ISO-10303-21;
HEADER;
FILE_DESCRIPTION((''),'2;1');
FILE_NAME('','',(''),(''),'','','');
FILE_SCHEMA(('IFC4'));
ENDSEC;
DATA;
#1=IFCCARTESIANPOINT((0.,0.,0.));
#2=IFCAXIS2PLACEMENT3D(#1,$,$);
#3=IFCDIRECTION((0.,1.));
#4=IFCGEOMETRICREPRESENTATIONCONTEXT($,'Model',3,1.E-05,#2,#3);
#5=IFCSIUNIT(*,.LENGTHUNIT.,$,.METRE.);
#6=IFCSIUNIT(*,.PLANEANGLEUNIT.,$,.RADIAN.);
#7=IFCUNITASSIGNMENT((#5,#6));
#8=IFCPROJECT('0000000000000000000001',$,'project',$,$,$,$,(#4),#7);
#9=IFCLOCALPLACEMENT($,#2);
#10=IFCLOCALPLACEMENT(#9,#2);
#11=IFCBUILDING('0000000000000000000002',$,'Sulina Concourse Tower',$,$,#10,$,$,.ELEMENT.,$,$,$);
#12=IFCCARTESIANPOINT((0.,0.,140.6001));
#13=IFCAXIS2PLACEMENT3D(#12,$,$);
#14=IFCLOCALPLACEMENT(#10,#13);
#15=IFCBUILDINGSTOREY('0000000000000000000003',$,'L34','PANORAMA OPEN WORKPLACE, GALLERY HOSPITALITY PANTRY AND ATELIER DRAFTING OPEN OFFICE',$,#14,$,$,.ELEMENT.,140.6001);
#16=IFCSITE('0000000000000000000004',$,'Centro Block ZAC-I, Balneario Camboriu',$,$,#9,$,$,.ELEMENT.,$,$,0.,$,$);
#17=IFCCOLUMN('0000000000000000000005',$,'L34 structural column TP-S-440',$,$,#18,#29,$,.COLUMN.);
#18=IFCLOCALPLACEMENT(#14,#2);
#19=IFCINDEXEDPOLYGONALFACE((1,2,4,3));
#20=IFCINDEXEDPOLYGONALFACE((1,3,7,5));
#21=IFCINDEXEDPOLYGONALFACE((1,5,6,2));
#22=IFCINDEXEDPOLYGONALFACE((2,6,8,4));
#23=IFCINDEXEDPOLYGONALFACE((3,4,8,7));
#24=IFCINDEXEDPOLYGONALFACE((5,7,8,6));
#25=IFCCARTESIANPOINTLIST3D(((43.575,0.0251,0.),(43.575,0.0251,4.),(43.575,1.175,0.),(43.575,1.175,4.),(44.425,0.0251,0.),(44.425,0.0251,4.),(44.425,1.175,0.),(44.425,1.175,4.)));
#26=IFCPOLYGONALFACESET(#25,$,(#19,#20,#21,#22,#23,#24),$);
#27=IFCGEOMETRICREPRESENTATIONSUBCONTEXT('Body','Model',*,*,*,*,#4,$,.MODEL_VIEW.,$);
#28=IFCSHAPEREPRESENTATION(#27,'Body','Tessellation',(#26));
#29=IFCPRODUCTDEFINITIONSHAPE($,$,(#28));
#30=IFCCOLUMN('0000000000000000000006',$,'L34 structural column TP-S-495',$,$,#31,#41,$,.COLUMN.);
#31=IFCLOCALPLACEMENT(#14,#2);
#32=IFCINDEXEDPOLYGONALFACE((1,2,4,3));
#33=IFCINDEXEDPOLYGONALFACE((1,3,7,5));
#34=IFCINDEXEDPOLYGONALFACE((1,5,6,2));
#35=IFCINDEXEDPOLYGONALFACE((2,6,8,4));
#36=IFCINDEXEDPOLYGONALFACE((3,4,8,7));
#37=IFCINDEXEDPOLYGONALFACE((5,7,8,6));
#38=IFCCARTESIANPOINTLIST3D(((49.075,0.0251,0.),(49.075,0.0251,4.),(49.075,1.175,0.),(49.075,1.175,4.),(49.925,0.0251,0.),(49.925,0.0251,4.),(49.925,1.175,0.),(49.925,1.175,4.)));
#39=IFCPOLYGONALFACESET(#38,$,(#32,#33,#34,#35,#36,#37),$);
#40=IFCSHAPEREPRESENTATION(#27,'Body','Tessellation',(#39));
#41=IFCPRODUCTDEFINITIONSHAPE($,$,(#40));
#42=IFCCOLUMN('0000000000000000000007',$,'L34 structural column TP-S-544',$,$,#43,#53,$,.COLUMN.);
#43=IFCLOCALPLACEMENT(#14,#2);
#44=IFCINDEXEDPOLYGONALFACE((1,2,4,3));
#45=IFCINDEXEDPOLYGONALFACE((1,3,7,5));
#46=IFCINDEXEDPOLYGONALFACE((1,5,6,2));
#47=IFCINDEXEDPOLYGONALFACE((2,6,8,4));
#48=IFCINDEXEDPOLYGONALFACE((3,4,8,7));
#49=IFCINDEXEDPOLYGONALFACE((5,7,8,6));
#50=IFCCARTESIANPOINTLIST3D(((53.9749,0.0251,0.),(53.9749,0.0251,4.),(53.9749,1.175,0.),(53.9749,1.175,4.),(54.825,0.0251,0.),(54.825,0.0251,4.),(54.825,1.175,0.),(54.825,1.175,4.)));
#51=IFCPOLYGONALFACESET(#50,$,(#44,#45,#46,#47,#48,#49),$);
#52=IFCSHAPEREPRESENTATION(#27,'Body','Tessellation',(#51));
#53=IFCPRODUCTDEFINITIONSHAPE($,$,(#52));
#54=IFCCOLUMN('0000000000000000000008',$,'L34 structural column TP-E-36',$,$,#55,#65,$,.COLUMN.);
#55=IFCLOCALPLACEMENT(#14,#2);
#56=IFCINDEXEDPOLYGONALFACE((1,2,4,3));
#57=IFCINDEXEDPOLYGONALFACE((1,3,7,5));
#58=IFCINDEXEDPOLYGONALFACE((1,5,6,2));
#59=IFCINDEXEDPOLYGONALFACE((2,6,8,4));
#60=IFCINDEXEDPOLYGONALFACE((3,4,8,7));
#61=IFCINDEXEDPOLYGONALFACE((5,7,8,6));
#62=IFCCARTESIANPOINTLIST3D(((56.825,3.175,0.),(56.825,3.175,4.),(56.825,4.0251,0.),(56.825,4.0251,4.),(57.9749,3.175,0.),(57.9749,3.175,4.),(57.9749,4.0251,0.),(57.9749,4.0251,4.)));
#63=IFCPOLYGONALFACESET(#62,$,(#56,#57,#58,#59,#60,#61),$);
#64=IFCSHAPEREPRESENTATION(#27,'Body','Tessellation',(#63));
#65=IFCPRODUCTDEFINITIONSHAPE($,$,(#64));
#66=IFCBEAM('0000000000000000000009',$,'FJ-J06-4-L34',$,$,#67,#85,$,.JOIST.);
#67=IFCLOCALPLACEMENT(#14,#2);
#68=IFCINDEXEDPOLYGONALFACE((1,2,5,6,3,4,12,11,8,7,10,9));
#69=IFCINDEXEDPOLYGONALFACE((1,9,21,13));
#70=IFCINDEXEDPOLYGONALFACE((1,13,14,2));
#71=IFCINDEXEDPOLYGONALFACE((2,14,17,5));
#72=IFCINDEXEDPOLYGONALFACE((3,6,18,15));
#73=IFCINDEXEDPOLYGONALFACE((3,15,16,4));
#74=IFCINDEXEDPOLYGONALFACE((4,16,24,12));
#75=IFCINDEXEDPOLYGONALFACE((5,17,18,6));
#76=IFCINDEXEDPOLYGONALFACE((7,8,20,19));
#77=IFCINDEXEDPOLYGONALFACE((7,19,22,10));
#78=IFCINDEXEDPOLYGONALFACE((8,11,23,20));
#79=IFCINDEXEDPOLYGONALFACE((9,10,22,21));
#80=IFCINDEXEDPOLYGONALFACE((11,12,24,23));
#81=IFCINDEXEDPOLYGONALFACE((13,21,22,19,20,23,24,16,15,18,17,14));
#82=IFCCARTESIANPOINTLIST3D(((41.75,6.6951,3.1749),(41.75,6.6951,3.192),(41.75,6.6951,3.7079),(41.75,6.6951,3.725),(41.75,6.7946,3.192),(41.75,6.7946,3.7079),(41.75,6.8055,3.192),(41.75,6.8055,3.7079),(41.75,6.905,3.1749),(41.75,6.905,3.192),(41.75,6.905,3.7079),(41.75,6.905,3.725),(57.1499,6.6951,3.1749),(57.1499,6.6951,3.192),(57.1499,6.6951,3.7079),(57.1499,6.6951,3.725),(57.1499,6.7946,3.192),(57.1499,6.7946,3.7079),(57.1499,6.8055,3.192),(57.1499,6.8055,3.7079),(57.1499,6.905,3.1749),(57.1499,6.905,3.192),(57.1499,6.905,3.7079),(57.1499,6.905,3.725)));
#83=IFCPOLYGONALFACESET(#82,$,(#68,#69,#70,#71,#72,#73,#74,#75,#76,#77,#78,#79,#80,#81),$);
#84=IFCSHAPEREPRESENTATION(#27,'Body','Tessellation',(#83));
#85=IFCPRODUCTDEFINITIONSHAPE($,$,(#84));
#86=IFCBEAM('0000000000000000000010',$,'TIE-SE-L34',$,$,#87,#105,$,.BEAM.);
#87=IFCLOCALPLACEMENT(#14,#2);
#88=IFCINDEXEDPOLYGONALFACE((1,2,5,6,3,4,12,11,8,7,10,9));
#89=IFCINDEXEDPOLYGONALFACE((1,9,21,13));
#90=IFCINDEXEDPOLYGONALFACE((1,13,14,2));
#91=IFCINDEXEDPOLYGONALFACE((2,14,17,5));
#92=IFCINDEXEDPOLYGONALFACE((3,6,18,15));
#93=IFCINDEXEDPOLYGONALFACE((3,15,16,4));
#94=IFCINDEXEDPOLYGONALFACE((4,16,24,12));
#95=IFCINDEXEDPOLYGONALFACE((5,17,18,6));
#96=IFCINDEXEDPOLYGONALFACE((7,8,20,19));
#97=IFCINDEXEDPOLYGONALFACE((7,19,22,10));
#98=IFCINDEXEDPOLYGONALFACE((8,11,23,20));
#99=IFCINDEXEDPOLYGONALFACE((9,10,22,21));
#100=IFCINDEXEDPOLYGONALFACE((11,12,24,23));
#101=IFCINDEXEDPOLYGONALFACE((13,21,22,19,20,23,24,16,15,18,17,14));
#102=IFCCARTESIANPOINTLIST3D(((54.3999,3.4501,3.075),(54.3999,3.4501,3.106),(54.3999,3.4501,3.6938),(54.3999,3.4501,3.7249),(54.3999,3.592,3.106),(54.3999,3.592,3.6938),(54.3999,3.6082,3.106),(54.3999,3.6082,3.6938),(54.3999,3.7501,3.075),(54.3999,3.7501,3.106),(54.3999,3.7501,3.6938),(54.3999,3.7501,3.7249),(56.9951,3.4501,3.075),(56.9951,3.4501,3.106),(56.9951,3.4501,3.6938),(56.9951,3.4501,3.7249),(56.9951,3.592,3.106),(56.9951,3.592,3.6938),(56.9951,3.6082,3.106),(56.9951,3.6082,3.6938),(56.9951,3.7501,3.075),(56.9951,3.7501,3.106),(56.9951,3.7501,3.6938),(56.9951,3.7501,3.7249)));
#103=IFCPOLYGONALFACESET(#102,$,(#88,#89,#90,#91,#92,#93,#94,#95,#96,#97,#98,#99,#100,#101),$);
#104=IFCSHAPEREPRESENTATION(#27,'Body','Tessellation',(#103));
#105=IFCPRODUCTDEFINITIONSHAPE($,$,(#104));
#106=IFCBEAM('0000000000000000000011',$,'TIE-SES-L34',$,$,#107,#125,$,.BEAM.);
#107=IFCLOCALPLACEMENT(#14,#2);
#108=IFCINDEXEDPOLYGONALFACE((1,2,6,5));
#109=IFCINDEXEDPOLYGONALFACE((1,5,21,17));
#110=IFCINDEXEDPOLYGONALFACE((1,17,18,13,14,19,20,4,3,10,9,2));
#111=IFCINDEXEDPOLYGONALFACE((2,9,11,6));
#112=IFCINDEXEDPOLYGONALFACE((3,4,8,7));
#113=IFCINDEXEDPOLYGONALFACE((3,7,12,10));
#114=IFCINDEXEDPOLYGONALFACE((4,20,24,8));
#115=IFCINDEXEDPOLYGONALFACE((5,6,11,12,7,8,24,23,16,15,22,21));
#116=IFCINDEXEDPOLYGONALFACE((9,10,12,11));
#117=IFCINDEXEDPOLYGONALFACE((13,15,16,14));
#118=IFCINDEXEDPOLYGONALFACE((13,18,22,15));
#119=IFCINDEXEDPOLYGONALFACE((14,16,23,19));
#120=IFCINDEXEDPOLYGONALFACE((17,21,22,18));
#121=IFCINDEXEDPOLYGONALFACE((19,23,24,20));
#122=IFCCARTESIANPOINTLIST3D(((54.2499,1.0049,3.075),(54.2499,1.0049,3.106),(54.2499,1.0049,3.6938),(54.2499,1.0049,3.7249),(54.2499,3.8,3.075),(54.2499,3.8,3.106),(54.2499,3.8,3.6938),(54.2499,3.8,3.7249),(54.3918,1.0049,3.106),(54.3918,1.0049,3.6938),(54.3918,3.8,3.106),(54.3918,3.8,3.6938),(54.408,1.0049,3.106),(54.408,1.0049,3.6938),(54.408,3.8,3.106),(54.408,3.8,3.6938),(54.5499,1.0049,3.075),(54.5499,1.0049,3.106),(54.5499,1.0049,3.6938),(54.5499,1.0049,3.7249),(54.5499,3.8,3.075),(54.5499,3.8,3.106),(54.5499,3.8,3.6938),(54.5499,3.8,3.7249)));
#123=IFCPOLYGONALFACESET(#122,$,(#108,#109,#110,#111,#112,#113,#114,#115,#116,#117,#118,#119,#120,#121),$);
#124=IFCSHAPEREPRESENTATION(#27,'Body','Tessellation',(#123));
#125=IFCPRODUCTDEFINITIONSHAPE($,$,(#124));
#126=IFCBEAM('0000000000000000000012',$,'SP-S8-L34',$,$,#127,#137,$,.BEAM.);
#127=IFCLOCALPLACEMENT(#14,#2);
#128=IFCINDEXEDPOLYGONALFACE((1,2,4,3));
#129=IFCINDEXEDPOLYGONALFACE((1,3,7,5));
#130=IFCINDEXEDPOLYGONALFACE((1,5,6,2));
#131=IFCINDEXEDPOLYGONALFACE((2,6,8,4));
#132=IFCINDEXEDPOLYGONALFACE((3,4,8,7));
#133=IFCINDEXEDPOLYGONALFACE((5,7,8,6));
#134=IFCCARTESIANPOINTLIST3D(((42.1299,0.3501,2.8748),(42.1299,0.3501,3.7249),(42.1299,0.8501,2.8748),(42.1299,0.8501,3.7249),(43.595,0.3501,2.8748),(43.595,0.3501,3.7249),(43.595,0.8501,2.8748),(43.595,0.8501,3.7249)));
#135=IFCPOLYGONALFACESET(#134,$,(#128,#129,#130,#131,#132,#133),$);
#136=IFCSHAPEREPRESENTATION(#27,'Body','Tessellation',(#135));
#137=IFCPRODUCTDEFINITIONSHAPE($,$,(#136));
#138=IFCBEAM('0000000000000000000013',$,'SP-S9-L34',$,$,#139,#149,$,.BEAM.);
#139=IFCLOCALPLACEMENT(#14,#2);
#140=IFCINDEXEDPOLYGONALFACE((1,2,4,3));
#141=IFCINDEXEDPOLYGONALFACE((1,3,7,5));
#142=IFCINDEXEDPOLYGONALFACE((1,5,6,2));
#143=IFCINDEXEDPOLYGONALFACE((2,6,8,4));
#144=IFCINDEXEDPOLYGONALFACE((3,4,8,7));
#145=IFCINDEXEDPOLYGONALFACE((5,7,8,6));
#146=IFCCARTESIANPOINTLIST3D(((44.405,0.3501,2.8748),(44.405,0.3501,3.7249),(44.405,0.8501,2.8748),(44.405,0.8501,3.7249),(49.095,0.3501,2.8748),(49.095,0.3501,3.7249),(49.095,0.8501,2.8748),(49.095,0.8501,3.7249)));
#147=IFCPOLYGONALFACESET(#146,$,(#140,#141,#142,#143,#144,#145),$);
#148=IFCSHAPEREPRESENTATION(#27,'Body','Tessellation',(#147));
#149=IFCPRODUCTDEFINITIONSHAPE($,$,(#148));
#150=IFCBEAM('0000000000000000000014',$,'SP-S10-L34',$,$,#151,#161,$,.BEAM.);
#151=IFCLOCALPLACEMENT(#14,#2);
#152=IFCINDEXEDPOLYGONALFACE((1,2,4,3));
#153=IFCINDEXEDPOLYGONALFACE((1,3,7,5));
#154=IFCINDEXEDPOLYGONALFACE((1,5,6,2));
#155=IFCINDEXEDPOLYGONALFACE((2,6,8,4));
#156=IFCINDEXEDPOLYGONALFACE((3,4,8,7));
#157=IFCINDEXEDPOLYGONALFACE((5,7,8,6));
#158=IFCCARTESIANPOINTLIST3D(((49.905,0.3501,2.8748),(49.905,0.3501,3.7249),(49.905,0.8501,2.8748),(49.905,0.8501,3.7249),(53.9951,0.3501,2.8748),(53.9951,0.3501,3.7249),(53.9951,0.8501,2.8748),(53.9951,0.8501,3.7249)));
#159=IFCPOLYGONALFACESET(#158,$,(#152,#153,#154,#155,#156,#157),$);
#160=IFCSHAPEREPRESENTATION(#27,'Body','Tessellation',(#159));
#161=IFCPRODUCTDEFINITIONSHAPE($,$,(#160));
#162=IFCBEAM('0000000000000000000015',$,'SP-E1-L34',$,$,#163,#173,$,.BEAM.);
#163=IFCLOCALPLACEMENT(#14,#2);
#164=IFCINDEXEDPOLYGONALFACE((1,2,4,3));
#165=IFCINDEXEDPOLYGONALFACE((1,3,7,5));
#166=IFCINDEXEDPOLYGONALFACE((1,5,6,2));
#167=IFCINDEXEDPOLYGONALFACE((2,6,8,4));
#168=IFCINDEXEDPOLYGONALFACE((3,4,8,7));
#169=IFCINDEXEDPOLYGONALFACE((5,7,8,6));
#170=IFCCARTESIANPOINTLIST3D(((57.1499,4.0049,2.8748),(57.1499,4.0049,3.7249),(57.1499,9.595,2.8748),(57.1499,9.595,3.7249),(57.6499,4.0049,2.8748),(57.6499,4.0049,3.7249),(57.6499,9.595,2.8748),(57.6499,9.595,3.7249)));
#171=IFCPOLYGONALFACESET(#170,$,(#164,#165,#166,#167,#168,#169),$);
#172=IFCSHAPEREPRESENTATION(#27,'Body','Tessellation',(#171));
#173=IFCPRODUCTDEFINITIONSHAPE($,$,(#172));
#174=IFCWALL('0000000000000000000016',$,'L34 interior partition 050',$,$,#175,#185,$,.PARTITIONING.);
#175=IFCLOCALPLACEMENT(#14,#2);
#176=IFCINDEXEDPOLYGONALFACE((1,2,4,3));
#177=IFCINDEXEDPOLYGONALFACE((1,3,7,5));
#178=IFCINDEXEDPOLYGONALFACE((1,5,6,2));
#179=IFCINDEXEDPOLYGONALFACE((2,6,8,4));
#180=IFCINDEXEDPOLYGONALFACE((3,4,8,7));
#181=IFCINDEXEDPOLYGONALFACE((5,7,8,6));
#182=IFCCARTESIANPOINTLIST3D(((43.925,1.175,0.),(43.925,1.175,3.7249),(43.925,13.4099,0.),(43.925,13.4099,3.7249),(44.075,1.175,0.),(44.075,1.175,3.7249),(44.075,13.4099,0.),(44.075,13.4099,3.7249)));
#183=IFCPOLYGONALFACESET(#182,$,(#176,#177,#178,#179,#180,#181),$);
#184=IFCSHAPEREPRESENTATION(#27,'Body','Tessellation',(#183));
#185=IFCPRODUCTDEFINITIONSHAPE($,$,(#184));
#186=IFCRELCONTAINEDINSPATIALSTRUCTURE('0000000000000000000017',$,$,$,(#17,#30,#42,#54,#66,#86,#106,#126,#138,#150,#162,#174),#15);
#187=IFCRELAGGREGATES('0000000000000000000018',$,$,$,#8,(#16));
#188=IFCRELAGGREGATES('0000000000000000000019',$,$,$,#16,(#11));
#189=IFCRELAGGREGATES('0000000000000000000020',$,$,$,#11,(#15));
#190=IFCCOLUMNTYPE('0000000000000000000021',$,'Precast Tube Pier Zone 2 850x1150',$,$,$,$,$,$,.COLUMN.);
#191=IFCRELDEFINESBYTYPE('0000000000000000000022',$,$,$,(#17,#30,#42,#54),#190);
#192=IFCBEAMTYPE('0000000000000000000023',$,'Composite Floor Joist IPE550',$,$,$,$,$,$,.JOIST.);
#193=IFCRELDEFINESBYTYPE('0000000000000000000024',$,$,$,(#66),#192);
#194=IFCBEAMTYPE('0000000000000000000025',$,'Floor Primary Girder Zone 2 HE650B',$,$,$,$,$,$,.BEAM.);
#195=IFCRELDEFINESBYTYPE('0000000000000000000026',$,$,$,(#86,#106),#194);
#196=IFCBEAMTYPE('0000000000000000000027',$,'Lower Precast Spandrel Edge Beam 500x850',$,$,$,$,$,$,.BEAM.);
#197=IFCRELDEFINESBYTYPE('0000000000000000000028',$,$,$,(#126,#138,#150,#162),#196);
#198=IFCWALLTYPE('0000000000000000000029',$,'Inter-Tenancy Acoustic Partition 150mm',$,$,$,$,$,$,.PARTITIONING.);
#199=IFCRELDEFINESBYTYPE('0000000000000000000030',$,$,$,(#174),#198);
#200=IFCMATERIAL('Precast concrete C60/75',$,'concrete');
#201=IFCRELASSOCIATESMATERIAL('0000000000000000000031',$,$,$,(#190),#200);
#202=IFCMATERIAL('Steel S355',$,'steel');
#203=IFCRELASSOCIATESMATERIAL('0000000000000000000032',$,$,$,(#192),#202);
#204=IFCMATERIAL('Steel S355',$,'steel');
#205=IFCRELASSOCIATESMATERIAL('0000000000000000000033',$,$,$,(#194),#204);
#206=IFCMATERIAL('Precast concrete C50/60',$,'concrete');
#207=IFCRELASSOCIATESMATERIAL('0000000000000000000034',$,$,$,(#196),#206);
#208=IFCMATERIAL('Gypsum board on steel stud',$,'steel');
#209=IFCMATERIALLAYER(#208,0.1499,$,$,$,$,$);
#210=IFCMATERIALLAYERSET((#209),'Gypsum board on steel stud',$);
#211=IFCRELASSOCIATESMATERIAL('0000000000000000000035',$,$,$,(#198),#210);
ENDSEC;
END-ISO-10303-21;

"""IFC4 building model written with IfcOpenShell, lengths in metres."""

from ifc_helpers import new_model, si_unit, direction, frame, frame_2d, origin, origin_2d, place, context, subcontext, project, spatial, rectangle, i_section, extrude, material, layer, layer_set, material_profile, profile_set, type_object, element, save


model = new_model("IFC4")

# Units and contexts
model_context = context("Model", 3, precision=1e-05, world=origin(), true_north=direction((0.0, 1.0)))
body_context = subcontext(model_context, "Body", "Model", "MODEL_VIEW")
ifc_project = project(units=[si_unit("LENGTHUNIT", "METRE"), si_unit("PLANEANGLEUNIT", "RADIAN")], contexts=[model_context])

# Site, building, storey
site_placement = place(None, origin())
site = spatial("IfcSite", under=ifc_project, at=site_placement, Name="Centro Block ZAC-I, Balneario Camboriu", CompositionType="ELEMENT", RefElevation=0.0)
building_placement = place(site_placement, origin())
building = spatial("IfcBuilding", under=site, at=building_placement, Name="Sulina Concourse Tower", CompositionType="ELEMENT")
storey_placement = place(building_placement, frame((0.0, 0.0, 140.6001)))
storey = spatial("IfcBuildingStorey", under=building, at=storey_placement, Name="L34", Description="PANORAMA OPEN WORKPLACE, GALLERY HOSPITALITY PANTRY AND ATELIER DRAFTING OPEN OFFICE", CompositionType="ELEMENT", Elevation=140.6001)

# Columns
ifc_material_1 = material(Name="Precast concrete C60/75", Category="concrete")
ifc_material_profile_1 = material_profile(ifc_material_1, rectangle(XDim=0.8501, YDim=1.1499, at=origin_2d()), Name="PC 850x1150")
ifc_profile_set_1 = profile_set([ifc_material_profile_1], Name="Precast concrete C60/75")
column_type = type_object("IfcColumnType", Name="Precast Tube Pier Zone 2 850x1150", PredefinedType="COLUMN", material=ifc_profile_set_1)
for number, where, z_axis, x_axis, name in (
    (1, (44.0, 0.6001, 0.0), (0.0, 0.0, 1.0), (1.0, 0.0, 0.0), "L34 structural column TP-S-440"),
    (2, (49.5, 0.6001, 0.0), (0.0, 0.0, 1.0), (1.0, 0.0, 0.0), "L34 structural column TP-S-495"),
    (3, (54.3999, 0.6001, 0.0), (0.0, 0.0, 1.0), (1.0, 0.0, 0.0), "L34 structural column TP-S-544"),
    (4, (57.3999, 3.6001, 0.0), (0.0, 0.0, 1.0), (0.0, 1.0, 0.0), "L34 structural column TP-E-36"),
):
    element("IfcColumn", number, at=place(storey_placement, frame(where, z_axis=z_axis, x_axis=x_axis)), inside=storey, type_object=column_type, Name=name, PredefinedType="COLUMN", context=body_context, shape_type="SweptSolid", body=[
        extrude(rectangle(XDim=0.8501, YDim=1.1499, at=origin_2d()), origin(), (0.0, 0.0, 1.0), 4.0),
    ])

# Beams
ifc_material_2 = material(Name="Steel S355", Category="steel")
ifc_material_profile_2 = material_profile(ifc_material_2, i_section(OverallWidth=0.21, OverallDepth=0.55, WebThickness=0.011, FlangeThickness=0.0171, at=origin_2d()), Name="IPE 550")
ifc_profile_set_2 = profile_set([ifc_material_profile_2], Name="Steel S355")
beam_type_1 = type_object("IfcBeamType", Name="Composite Floor Joist IPE550", PredefinedType="JOIST", material=ifc_profile_set_2)
beam_1_placement = place(storey_placement, frame((41.75, 6.8, 3.45), z_axis=(1.0, 0.0, 0.0), x_axis=(0.0, 1.0, 0.0)))
element("IfcBeam", 5, at=beam_1_placement, inside=storey, type_object=beam_type_1, Name="FJ-J06-4-L34", PredefinedType="JOIST", context=body_context, shape_type="SweptSolid", body=[
    extrude(i_section(OverallWidth=0.21, OverallDepth=0.55, WebThickness=0.011, FlangeThickness=0.0171, at=origin_2d()), origin(), (0.0, 0.0, 1.0), 15.3999),
])
ifc_material_3 = material(Name="Steel S355", Category="steel")
ifc_material_profile_3 = material_profile(ifc_material_3, i_section(OverallWidth=0.3, OverallDepth=0.6499, WebThickness=0.0161, FlangeThickness=0.031, at=origin_2d()), Name="HE 650 B")
ifc_profile_set_3 = profile_set([ifc_material_profile_3], Name="Steel S355")
beam_type_2 = type_object("IfcBeamType", Name="Floor Primary Girder Zone 2 HE650B", PredefinedType="BEAM", material=ifc_profile_set_3)
beam_2_placement = place(storey_placement, frame((54.3999, 3.6001, 3.3999), z_axis=(1.0, 0.0, 0.0), x_axis=(0.0, 1.0, 0.0)))
element("IfcBeam", 6, at=beam_2_placement, inside=storey, type_object=beam_type_2, Name="TIE-SE-L34", PredefinedType="BEAM", context=body_context, shape_type="SweptSolid", body=[
    extrude(i_section(OverallWidth=0.3, OverallDepth=0.6499, WebThickness=0.0161, FlangeThickness=0.031, at=origin_2d()), origin(), (0.0, 0.0, 1.0), 2.5952),
])
beam_3_placement = place(storey_placement, frame((54.3999, 1.0049, 3.3999), z_axis=(0.0, 1.0, 0.0), x_axis=(-1.0, 0.0, 0.0)))
element("IfcBeam", 7, at=beam_3_placement, inside=storey, type_object=beam_type_2, Name="TIE-SES-L34", PredefinedType="BEAM", context=body_context, shape_type="SweptSolid", body=[
    extrude(i_section(OverallWidth=0.3, OverallDepth=0.6499, WebThickness=0.0161, FlangeThickness=0.031, at=origin_2d()), origin(), (0.0, 0.0, 1.0), 2.7952),
])
ifc_material_4 = material(Name="Precast concrete C50/60", Category="concrete")
ifc_material_profile_4 = material_profile(ifc_material_4, rectangle(XDim=0.5, YDim=0.8501, at=origin_2d()), Name="RC 500x850")
ifc_profile_set_4 = profile_set([ifc_material_profile_4], Name="Precast concrete C50/60")
beam_type_3 = type_object("IfcBeamType", Name="Lower Precast Spandrel Edge Beam 500x850", PredefinedType="BEAM", material=ifc_profile_set_4)
beam_4_placement = place(storey_placement, frame((42.1299, 0.6001, 3.2998), z_axis=(1.0, 0.0, 0.0), x_axis=(0.0, 1.0, 0.0)))
element("IfcBeam", 8, at=beam_4_placement, inside=storey, type_object=beam_type_3, Name="SP-S8-L34", PredefinedType="BEAM", context=body_context, shape_type="SweptSolid", body=[
    extrude(rectangle(XDim=0.5, YDim=0.8501, at=origin_2d()), origin(), (0.0, 0.0, 1.0), 1.4651),
])
beam_5_placement = place(storey_placement, frame((44.405, 0.6001, 3.2998), z_axis=(1.0, 0.0, 0.0), x_axis=(0.0, 1.0, 0.0)))
element("IfcBeam", 9, at=beam_5_placement, inside=storey, type_object=beam_type_3, Name="SP-S9-L34", PredefinedType="BEAM", context=body_context, shape_type="SweptSolid", body=[
    extrude(rectangle(XDim=0.5, YDim=0.8501, at=origin_2d()), origin(), (0.0, 0.0, 1.0), 4.6899),
])
beam_6_placement = place(storey_placement, frame((49.905, 0.6001, 3.2998), z_axis=(1.0, 0.0, 0.0), x_axis=(0.0, 1.0, 0.0)))
element("IfcBeam", 10, at=beam_6_placement, inside=storey, type_object=beam_type_3, Name="SP-S10-L34", PredefinedType="BEAM", context=body_context, shape_type="SweptSolid", body=[
    extrude(rectangle(XDim=0.5, YDim=0.8501, at=origin_2d()), origin(), (0.0, 0.0, 1.0), 4.0901),
])
beam_7_placement = place(storey_placement, frame((57.3999, 4.0049, 3.2998), z_axis=(0.0, 1.0, 0.0), x_axis=(-1.0, 0.0, 0.0)))
element("IfcBeam", 11, at=beam_7_placement, inside=storey, type_object=beam_type_3, Name="SP-E1-L34", PredefinedType="BEAM", context=body_context, shape_type="SweptSolid", body=[
    extrude(rectangle(XDim=0.5, YDim=0.8501, at=origin_2d()), origin(), (0.0, 0.0, 1.0), 5.5901),
])

# Wall
ifc_material_5 = material(Name="Gypsum board on steel stud", Category="steel")
ifc_layer_1 = layer(ifc_material_5, 0.1499)
ifc_layer_set_1 = layer_set([ifc_layer_1], Name="Gypsum board on steel stud")
wall_type_1 = type_object("IfcWallType", Name="Inter-Tenancy Acoustic Partition 150mm", PredefinedType="PARTITIONING", material=ifc_layer_set_1)
wall_1_placement = place(storey_placement, frame((44.0, 1.175, 0.0), z_axis=(0.0, 0.0, 1.0), x_axis=(0.0, 1.0, 0.0)))
element("IfcWall", 12, at=wall_1_placement, inside=storey, type_object=wall_type_1, Name="L34 interior partition 050", PredefinedType="PARTITIONING", context=body_context, shape_type="SweptSolid", body=[
    extrude(rectangle(XDim=12.2349, YDim=0.1499, at=frame_2d((6.1174, 0.0))), origin(), (0.0, 0.0, 1.0), 3.7249),
])

save(model, "model.ifc")
